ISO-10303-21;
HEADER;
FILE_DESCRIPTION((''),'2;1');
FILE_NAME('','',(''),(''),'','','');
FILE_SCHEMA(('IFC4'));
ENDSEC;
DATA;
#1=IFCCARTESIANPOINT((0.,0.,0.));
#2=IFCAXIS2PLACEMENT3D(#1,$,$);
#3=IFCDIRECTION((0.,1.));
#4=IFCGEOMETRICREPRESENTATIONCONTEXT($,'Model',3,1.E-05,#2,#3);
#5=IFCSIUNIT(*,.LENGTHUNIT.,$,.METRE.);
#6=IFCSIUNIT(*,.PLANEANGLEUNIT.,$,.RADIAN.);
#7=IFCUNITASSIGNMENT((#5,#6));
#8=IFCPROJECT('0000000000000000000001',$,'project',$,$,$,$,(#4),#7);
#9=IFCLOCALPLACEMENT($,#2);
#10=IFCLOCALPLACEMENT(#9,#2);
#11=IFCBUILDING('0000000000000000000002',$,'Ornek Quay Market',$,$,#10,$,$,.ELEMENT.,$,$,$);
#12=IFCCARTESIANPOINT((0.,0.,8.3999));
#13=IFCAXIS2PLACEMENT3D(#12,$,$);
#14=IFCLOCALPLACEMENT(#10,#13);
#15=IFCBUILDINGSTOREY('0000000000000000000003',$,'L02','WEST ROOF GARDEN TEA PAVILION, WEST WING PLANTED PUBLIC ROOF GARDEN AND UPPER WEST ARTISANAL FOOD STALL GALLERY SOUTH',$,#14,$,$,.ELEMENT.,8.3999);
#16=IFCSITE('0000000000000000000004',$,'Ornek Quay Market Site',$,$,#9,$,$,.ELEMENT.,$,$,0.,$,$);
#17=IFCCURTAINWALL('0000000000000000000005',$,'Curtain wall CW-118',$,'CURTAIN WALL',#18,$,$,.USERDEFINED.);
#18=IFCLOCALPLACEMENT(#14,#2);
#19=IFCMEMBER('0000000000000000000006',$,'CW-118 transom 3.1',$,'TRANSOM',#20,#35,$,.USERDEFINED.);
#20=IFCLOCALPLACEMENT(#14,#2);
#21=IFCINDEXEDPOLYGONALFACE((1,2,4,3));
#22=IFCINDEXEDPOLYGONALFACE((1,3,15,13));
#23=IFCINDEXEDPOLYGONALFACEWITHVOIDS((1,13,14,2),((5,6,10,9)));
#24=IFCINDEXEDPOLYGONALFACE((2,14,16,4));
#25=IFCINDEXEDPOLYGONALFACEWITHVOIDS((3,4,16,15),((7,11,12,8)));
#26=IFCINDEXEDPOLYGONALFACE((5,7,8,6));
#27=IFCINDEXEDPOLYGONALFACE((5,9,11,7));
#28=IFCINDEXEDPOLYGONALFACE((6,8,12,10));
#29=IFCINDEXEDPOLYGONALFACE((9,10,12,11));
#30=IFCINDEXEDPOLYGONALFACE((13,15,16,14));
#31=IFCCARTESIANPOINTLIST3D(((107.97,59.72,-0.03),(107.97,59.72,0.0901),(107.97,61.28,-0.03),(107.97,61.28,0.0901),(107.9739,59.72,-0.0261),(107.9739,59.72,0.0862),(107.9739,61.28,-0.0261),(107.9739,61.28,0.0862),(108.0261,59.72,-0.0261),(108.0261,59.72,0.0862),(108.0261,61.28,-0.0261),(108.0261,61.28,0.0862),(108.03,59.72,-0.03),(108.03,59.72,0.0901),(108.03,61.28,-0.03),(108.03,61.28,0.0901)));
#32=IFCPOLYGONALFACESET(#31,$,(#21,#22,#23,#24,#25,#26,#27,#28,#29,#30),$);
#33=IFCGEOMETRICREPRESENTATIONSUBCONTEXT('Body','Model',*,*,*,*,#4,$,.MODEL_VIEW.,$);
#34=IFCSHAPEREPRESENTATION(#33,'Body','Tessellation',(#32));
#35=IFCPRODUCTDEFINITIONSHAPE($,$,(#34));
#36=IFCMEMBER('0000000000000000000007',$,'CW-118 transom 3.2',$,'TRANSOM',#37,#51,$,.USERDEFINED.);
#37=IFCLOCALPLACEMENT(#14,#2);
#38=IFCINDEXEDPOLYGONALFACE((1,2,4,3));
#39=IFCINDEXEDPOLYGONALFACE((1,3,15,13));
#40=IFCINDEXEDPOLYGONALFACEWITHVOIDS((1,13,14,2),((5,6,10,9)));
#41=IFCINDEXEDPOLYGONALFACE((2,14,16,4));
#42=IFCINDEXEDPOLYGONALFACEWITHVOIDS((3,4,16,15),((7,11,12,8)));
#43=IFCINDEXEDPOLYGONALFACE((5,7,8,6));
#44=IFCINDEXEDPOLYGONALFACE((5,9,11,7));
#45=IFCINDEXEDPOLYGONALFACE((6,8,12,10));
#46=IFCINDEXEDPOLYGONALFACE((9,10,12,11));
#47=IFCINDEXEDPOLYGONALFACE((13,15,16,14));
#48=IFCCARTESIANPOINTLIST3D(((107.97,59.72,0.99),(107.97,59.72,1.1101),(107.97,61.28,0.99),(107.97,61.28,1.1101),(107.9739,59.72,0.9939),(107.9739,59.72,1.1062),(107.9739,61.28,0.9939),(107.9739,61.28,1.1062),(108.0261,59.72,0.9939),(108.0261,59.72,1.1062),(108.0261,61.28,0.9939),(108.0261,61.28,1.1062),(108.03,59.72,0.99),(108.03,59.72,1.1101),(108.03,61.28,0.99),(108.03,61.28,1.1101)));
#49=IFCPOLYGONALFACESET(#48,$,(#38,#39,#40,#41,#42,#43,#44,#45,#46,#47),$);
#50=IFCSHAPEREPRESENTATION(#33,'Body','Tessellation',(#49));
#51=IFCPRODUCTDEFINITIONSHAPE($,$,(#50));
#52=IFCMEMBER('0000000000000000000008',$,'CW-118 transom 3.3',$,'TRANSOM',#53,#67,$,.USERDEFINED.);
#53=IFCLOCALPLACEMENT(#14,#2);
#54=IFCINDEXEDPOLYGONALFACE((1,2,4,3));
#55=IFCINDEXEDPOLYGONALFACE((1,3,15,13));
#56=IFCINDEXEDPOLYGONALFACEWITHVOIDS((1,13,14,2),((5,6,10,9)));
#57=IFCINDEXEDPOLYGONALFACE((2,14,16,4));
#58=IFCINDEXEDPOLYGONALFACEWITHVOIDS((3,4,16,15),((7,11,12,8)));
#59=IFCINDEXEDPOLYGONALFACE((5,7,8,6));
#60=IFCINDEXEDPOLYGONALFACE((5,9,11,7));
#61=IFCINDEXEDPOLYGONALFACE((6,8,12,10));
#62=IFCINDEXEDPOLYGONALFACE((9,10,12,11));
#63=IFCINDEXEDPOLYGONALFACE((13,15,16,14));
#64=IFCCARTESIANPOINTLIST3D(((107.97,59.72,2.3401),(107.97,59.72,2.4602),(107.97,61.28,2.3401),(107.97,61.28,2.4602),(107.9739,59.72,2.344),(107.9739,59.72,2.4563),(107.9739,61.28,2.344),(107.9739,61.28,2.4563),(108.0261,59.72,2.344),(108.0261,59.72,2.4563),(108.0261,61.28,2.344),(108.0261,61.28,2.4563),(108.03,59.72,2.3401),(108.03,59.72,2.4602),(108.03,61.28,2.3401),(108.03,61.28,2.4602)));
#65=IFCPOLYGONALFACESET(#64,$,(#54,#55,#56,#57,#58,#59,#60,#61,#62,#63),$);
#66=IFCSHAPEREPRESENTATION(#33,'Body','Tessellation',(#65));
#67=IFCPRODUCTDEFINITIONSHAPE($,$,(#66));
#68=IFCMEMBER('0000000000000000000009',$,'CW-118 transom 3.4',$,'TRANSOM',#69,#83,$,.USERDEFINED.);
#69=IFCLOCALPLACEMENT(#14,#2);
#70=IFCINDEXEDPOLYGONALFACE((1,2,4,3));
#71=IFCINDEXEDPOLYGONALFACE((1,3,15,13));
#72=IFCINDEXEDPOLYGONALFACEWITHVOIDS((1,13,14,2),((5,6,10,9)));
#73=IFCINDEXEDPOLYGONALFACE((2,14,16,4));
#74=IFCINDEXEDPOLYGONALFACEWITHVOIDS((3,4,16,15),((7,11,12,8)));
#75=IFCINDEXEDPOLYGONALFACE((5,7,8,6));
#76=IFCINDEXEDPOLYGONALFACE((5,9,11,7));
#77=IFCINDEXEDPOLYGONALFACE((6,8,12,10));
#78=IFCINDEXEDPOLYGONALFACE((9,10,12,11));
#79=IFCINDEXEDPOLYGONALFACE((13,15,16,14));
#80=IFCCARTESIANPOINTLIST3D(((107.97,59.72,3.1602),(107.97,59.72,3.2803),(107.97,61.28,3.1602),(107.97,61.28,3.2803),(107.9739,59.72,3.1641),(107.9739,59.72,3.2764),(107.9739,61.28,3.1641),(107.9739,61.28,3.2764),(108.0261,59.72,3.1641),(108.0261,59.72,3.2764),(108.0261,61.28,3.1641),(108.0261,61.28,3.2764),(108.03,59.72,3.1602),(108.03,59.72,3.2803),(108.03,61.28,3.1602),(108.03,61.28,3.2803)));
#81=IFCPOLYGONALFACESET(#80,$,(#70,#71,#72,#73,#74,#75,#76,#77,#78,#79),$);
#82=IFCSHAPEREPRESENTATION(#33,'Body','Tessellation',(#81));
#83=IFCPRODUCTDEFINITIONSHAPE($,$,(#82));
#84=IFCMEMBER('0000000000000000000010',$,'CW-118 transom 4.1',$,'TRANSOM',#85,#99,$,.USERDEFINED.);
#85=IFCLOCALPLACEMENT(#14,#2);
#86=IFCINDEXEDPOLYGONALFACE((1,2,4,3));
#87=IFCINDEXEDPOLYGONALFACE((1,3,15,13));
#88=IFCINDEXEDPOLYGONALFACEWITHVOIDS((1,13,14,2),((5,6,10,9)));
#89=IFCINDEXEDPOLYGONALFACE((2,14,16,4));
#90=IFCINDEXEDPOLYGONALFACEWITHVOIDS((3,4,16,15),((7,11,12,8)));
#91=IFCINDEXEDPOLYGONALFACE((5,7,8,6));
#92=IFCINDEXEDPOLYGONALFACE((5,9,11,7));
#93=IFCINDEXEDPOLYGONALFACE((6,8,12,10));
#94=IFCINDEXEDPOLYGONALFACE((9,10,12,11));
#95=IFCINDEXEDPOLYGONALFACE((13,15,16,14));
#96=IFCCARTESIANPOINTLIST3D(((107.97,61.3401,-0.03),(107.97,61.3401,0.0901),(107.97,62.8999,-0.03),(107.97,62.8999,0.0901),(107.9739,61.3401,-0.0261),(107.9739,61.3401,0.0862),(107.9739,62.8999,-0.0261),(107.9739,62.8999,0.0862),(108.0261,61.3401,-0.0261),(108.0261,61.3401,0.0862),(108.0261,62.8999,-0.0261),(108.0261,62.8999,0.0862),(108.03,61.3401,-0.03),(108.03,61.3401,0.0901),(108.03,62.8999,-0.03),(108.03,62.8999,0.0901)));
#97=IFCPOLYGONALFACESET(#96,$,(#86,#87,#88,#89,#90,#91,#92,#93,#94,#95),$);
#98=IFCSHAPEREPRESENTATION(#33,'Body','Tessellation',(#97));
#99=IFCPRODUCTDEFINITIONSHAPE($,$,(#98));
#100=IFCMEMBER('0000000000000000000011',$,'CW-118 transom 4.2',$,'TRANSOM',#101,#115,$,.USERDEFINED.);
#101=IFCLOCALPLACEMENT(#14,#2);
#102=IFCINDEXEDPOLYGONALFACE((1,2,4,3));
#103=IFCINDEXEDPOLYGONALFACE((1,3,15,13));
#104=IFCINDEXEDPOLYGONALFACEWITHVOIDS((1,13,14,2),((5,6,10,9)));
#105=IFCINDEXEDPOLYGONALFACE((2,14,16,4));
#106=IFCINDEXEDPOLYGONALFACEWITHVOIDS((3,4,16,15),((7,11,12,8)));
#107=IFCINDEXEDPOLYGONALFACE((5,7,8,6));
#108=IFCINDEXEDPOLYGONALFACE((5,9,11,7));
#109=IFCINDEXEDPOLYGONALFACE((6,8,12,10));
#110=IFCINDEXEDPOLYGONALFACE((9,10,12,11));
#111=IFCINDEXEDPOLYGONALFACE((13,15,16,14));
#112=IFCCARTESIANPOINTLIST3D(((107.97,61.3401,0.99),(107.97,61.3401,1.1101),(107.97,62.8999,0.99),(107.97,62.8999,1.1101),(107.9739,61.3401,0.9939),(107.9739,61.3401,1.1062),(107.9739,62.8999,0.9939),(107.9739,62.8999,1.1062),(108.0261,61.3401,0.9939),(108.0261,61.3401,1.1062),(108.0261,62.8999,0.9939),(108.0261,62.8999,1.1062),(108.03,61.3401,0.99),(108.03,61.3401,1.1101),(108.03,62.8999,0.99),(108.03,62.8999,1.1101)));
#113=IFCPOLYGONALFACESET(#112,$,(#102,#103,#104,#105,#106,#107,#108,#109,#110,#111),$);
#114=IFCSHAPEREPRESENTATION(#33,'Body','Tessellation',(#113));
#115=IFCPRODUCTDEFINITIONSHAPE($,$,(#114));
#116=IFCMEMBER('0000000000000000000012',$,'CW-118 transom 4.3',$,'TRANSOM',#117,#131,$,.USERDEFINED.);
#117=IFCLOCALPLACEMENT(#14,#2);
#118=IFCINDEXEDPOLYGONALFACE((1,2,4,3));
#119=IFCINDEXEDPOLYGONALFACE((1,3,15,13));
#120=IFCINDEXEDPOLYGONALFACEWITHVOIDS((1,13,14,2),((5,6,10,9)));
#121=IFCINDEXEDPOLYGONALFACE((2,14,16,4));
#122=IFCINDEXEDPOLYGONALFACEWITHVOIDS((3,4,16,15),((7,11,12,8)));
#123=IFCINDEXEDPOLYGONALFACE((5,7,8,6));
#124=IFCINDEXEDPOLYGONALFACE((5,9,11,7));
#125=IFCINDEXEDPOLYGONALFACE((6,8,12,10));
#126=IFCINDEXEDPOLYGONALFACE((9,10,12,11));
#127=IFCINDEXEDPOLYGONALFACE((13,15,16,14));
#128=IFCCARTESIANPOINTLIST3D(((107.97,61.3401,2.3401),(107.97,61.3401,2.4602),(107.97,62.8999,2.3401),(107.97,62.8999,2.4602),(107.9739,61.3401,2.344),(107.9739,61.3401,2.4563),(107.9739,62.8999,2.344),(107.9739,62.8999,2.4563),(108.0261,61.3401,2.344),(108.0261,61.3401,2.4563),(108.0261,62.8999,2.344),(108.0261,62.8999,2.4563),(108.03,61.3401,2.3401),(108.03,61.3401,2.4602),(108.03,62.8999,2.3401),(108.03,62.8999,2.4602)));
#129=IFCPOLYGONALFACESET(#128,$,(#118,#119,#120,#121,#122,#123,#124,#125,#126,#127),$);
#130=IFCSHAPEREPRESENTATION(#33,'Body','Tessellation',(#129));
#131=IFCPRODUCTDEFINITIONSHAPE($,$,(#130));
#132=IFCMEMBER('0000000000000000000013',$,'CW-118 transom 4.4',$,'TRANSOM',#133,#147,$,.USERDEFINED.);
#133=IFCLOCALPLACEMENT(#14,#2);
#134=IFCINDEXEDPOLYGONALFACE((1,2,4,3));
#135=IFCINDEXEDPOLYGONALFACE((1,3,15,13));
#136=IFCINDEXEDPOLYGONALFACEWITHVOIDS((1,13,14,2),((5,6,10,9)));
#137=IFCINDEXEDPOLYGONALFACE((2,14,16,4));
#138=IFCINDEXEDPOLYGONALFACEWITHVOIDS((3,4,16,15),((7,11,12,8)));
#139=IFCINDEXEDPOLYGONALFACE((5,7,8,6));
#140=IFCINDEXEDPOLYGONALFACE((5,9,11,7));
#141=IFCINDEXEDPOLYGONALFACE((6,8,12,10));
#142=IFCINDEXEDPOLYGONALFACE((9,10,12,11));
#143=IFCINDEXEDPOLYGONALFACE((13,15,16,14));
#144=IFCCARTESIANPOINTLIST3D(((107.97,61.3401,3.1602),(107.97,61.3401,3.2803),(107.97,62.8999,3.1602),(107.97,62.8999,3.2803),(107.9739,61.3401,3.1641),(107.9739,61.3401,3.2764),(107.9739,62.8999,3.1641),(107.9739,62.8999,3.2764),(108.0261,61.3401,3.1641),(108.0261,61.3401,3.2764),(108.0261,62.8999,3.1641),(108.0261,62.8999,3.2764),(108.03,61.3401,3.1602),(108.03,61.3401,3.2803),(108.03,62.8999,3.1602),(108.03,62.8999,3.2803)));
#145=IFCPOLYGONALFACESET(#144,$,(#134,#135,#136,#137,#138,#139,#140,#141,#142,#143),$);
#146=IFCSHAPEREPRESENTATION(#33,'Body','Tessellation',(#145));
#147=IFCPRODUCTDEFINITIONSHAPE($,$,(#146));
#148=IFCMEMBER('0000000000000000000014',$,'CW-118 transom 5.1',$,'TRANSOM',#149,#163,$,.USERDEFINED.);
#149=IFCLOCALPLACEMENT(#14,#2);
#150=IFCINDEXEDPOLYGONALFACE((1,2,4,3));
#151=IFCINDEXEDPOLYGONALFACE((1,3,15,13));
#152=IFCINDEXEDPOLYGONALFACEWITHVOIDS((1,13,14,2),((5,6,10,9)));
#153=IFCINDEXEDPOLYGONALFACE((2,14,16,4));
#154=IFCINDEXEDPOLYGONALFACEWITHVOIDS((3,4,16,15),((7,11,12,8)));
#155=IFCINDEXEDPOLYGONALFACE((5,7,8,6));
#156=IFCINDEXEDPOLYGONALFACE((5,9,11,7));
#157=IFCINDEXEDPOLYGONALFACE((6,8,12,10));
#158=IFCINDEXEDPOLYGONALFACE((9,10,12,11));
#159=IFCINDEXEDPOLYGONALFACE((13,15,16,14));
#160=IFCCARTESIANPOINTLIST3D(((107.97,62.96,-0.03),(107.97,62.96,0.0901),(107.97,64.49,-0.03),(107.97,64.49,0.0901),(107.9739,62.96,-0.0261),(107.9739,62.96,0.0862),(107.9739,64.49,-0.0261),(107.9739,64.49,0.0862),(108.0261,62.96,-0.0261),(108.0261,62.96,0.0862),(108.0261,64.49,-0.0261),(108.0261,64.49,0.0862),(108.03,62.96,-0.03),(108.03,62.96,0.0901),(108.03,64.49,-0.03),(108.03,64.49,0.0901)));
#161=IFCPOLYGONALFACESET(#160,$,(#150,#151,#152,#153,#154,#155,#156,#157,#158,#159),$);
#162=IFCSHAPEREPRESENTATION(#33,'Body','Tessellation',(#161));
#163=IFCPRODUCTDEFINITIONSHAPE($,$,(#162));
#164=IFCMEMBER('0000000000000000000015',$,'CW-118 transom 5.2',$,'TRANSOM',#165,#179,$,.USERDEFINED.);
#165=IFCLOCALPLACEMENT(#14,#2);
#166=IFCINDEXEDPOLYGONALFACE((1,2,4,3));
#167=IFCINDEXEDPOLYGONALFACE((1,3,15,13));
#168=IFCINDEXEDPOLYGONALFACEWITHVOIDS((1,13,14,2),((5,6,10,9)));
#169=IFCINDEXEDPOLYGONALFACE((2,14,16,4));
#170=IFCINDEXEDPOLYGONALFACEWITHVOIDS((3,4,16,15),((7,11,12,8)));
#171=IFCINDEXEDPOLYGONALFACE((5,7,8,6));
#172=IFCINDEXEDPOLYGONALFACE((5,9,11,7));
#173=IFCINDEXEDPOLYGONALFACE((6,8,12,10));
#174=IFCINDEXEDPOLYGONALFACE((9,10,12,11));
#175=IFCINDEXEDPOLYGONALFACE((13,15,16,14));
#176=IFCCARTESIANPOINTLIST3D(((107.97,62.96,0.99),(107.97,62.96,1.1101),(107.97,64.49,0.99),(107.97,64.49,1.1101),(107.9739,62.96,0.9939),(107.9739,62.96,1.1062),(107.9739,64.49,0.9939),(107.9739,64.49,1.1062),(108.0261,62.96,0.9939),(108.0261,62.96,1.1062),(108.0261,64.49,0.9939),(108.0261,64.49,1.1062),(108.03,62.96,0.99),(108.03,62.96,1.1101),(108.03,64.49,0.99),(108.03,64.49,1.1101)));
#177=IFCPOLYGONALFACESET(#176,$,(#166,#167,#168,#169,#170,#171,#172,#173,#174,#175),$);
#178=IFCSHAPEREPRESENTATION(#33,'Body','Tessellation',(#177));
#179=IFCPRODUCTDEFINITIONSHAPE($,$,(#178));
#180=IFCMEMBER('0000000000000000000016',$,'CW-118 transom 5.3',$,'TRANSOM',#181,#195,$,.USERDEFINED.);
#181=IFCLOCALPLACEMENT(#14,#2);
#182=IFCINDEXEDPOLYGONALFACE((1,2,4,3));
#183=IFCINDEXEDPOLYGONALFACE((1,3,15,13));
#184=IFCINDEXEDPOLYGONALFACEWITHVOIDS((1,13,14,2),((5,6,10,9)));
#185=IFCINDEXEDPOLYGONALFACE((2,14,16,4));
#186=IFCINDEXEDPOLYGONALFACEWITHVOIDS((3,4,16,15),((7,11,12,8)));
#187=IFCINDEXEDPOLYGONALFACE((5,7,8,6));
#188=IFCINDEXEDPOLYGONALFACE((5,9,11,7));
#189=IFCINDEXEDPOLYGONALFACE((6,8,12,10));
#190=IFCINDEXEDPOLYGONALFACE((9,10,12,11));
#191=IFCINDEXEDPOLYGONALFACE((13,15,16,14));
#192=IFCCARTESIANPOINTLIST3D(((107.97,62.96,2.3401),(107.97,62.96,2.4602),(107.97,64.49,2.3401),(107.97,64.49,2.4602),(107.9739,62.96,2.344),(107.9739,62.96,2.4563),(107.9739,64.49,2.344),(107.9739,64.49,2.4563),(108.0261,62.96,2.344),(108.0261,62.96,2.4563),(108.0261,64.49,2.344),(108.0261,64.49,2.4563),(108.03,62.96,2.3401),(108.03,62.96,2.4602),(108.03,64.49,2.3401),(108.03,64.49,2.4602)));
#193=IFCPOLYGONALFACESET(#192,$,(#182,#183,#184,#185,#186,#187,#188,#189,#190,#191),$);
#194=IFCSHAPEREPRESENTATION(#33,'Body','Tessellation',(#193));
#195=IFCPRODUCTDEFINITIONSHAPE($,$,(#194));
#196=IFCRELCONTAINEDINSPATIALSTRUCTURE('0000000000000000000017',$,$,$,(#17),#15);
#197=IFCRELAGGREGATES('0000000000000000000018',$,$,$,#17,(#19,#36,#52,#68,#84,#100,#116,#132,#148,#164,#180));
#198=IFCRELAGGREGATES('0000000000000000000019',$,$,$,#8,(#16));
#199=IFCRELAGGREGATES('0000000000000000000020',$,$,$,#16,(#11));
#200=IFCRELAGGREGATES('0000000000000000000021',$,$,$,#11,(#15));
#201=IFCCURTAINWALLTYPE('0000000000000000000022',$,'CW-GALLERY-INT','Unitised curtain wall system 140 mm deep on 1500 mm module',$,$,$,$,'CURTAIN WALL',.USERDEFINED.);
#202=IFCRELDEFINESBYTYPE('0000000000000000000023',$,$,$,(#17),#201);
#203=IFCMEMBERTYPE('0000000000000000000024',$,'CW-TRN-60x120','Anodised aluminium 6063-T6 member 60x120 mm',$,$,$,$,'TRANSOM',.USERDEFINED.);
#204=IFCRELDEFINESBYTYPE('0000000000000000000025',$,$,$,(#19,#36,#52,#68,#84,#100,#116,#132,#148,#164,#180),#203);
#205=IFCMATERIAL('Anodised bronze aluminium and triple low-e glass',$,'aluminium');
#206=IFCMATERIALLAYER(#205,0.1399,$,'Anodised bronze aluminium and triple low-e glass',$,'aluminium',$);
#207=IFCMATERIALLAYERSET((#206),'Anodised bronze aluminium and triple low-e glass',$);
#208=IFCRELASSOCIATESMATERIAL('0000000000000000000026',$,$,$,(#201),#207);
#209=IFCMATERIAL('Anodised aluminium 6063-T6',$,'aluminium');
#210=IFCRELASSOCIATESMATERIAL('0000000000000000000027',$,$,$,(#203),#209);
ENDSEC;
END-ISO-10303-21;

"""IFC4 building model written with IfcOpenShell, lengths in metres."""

from ifc_helpers import new_model, si_unit, direction, frame, origin, origin_2d, place, context, subcontext, project, spatial, hollow_rectangle, extrude, material, layer, layer_set, material_profile, profile_set, type_object, element, aggregate, save


model = new_model("IFC4")

# Units and contexts
model_context = context("Model", 3, precision=1e-05, world=origin(), true_north=direction((0.0, 1.0)))
body_context = subcontext(model_context, "Body", "Model", "MODEL_VIEW")
ifc_project = project(units=[si_unit("LENGTHUNIT", "METRE"), si_unit("PLANEANGLEUNIT", "RADIAN")], contexts=[model_context])

# Site, building, storey
site_placement = place(None, origin())
site = spatial("IfcSite", under=ifc_project, at=site_placement, Name="Ornek Quay Market Site", CompositionType="ELEMENT", RefElevation=0.0)
building_placement = place(site_placement, origin())
building = spatial("IfcBuilding", under=site, at=building_placement, Name="Ornek Quay Market", CompositionType="ELEMENT")
storey_placement = place(building_placement, frame((0.0, 0.0, 8.3999)))
storey = spatial("IfcBuildingStorey", under=building, at=storey_placement, Name="L02", Description="WEST ROOF GARDEN TEA PAVILION, WEST WING PLANTED PUBLIC ROOF GARDEN AND UPPER WEST ARTISANAL FOOD STALL GALLERY SOUTH", CompositionType="ELEMENT", Elevation=8.3999)

# Curtain wall, members
ifc_material_1 = material(Name="Anodised bronze aluminium and triple low-e glass", Category="aluminium")
ifc_layer_1 = layer(ifc_material_1, 0.1399, Name="Anodised bronze aluminium and triple low-e glass", Category="aluminium")
ifc_layer_set_1 = layer_set([ifc_layer_1], Name="Anodised bronze aluminium and triple low-e glass")
curtain_wall_type = type_object("IfcCurtainWallType", Name="CW-GALLERY-INT", Description="Unitised curtain wall system 140 mm deep on 1500 mm module", ElementType="CURTAIN WALL", PredefinedType="USERDEFINED", material=ifc_layer_set_1)
curtain_wall_placement = place(storey_placement, origin())
curtain_wall = element("IfcCurtainWall", 1, at=curtain_wall_placement, inside=storey, type_object=curtain_wall_type, Name="Curtain wall CW-118", ObjectType="CURTAIN WALL", PredefinedType="USERDEFINED")
ifc_material_2 = material(Name="Anodised aluminium 6063-T6", Category="aluminium")
ifc_material_profile_1 = material_profile(ifc_material_2, hollow_rectangle(XDim=0.0601, YDim=0.1201, WallThickness=0.0039, at=origin_2d()), Name="CW-TRN-60x120", Category="aluminium")
ifc_profile_set_1 = profile_set([ifc_material_profile_1], Name="Anodised aluminium 6063-T6")
member_type_1 = type_object("IfcMemberType", Name="CW-TRN-60x120", Description="Anodised aluminium 6063-T6 member 60x120 mm", ElementType="TRANSOM", PredefinedType="USERDEFINED", material=ifc_profile_set_1)
member_1_placement = place(storey_placement, frame((108.0, 59.72, 0.03), z_axis=(0.0, 1.0, 0.0), x_axis=(-1.0, 0.0, 0.0)))
member_1 = element("IfcMember", 2, at=member_1_placement, type_object=member_type_1, Name="CW-118 transom 3.1", ObjectType="TRANSOM", PredefinedType="USERDEFINED", context=body_context, shape_type="SweptSolid", body=[
    extrude(hollow_rectangle(XDim=0.0601, YDim=0.1201, WallThickness=0.0039, at=origin_2d()), origin(), (0.0, 0.0, 1.0), 1.5601),
])
member_2_placement = place(storey_placement, frame((108.0, 59.72, 1.05), z_axis=(0.0, 1.0, 0.0), x_axis=(-1.0, 0.0, 0.0)))
member_2 = element("IfcMember", 3, at=member_2_placement, type_object=member_type_1, Name="CW-118 transom 3.2", ObjectType="TRANSOM", PredefinedType="USERDEFINED", context=body_context, shape_type="SweptSolid", body=[
    extrude(hollow_rectangle(XDim=0.0601, YDim=0.1201, WallThickness=0.0039, at=origin_2d()), origin(), (0.0, 0.0, 1.0), 1.5601),
])
member_3_placement = place(storey_placement, frame((108.0, 59.72, 2.4001), z_axis=(0.0, 1.0, 0.0), x_axis=(-1.0, 0.0, 0.0)))
member_3 = element("IfcMember", 4, at=member_3_placement, type_object=member_type_1, Name="CW-118 transom 3.3", ObjectType="TRANSOM", PredefinedType="USERDEFINED", context=body_context, shape_type="SweptSolid", body=[
    extrude(hollow_rectangle(XDim=0.0601, YDim=0.1201, WallThickness=0.0039, at=origin_2d()), origin(), (0.0, 0.0, 1.0), 1.5601),
])
member_4_placement = place(storey_placement, frame((108.0, 59.72, 3.2202), z_axis=(0.0, 1.0, 0.0), x_axis=(-1.0, 0.0, 0.0)))
member_4 = element("IfcMember", 5, at=member_4_placement, type_object=member_type_1, Name="CW-118 transom 3.4", ObjectType="TRANSOM", PredefinedType="USERDEFINED", context=body_context, shape_type="SweptSolid", body=[
    extrude(hollow_rectangle(XDim=0.0601, YDim=0.1201, WallThickness=0.0039, at=origin_2d()), origin(), (0.0, 0.0, 1.0), 1.5601),
])
member_5_placement = place(storey_placement, frame((108.0, 61.3401, 0.03), z_axis=(0.0, 1.0, 0.0), x_axis=(-1.0, 0.0, 0.0)))
member_5 = element("IfcMember", 6, at=member_5_placement, type_object=member_type_1, Name="CW-118 transom 4.1", ObjectType="TRANSOM", PredefinedType="USERDEFINED", context=body_context, shape_type="SweptSolid", body=[
    extrude(hollow_rectangle(XDim=0.0601, YDim=0.1201, WallThickness=0.0039, at=origin_2d()), origin(), (0.0, 0.0, 1.0), 1.5598),
])
member_6_placement = place(storey_placement, frame((108.0, 61.3401, 1.05), z_axis=(0.0, 1.0, 0.0), x_axis=(-1.0, 0.0, 0.0)))
member_6 = element("IfcMember", 7, at=member_6_placement, type_object=member_type_1, Name="CW-118 transom 4.2", ObjectType="TRANSOM", PredefinedType="USERDEFINED", context=body_context, shape_type="SweptSolid", body=[
    extrude(hollow_rectangle(XDim=0.0601, YDim=0.1201, WallThickness=0.0039, at=origin_2d()), origin(), (0.0, 0.0, 1.0), 1.5598),
])
member_7_placement = place(storey_placement, frame((108.0, 61.3401, 2.4001), z_axis=(0.0, 1.0, 0.0), x_axis=(-1.0, 0.0, 0.0)))
member_7 = element("IfcMember", 8, at=member_7_placement, type_object=member_type_1, Name="CW-118 transom 4.3", ObjectType="TRANSOM", PredefinedType="USERDEFINED", context=body_context, shape_type="SweptSolid", body=[
    extrude(hollow_rectangle(XDim=0.0601, YDim=0.1201, WallThickness=0.0039, at=origin_2d()), origin(), (0.0, 0.0, 1.0), 1.5598),
])
member_8_placement = place(storey_placement, frame((108.0, 61.3401, 3.2202), z_axis=(0.0, 1.0, 0.0), x_axis=(-1.0, 0.0, 0.0)))
member_8 = element("IfcMember", 9, at=member_8_placement, type_object=member_type_1, Name="CW-118 transom 4.4", ObjectType="TRANSOM", PredefinedType="USERDEFINED", context=body_context, shape_type="SweptSolid", body=[
    extrude(hollow_rectangle(XDim=0.0601, YDim=0.1201, WallThickness=0.0039, at=origin_2d()), origin(), (0.0, 0.0, 1.0), 1.5598),
])
member_9_placement = place(storey_placement, frame((108.0, 62.96, 0.03), z_axis=(0.0, 1.0, 0.0), x_axis=(-1.0, 0.0, 0.0)))
member_9 = element("IfcMember", 10, at=member_9_placement, type_object=member_type_1, Name="CW-118 transom 5.1", ObjectType="TRANSOM", PredefinedType="USERDEFINED", context=body_context, shape_type="SweptSolid", body=[
    extrude(hollow_rectangle(XDim=0.0601, YDim=0.1201, WallThickness=0.0039, at=origin_2d()), origin(), (0.0, 0.0, 1.0), 1.53),
])
member_10_placement = place(storey_placement, frame((108.0, 62.96, 1.05), z_axis=(0.0, 1.0, 0.0), x_axis=(-1.0, 0.0, 0.0)))
member_10 = element("IfcMember", 11, at=member_10_placement, type_object=member_type_1, Name="CW-118 transom 5.2", ObjectType="TRANSOM", PredefinedType="USERDEFINED", context=body_context, shape_type="SweptSolid", body=[
    extrude(hollow_rectangle(XDim=0.0601, YDim=0.1201, WallThickness=0.0039, at=origin_2d()), origin(), (0.0, 0.0, 1.0), 1.53),
])
member_11_placement = place(storey_placement, frame((108.0, 62.96, 2.4001), z_axis=(0.0, 1.0, 0.0), x_axis=(-1.0, 0.0, 0.0)))
member_11 = element("IfcMember", 12, at=member_11_placement, type_object=member_type_1, Name="CW-118 transom 5.3", ObjectType="TRANSOM", PredefinedType="USERDEFINED", context=body_context, shape_type="SweptSolid", body=[
    extrude(hollow_rectangle(XDim=0.0601, YDim=0.1201, WallThickness=0.0039, at=origin_2d()), origin(), (0.0, 0.0, 1.0), 1.53),
])
aggregate(curtain_wall, [member_1, member_2, member_3, member_4, member_5, member_6, member_7, member_8, member_9, member_10, member_11])

save(model, "model.ifc")
